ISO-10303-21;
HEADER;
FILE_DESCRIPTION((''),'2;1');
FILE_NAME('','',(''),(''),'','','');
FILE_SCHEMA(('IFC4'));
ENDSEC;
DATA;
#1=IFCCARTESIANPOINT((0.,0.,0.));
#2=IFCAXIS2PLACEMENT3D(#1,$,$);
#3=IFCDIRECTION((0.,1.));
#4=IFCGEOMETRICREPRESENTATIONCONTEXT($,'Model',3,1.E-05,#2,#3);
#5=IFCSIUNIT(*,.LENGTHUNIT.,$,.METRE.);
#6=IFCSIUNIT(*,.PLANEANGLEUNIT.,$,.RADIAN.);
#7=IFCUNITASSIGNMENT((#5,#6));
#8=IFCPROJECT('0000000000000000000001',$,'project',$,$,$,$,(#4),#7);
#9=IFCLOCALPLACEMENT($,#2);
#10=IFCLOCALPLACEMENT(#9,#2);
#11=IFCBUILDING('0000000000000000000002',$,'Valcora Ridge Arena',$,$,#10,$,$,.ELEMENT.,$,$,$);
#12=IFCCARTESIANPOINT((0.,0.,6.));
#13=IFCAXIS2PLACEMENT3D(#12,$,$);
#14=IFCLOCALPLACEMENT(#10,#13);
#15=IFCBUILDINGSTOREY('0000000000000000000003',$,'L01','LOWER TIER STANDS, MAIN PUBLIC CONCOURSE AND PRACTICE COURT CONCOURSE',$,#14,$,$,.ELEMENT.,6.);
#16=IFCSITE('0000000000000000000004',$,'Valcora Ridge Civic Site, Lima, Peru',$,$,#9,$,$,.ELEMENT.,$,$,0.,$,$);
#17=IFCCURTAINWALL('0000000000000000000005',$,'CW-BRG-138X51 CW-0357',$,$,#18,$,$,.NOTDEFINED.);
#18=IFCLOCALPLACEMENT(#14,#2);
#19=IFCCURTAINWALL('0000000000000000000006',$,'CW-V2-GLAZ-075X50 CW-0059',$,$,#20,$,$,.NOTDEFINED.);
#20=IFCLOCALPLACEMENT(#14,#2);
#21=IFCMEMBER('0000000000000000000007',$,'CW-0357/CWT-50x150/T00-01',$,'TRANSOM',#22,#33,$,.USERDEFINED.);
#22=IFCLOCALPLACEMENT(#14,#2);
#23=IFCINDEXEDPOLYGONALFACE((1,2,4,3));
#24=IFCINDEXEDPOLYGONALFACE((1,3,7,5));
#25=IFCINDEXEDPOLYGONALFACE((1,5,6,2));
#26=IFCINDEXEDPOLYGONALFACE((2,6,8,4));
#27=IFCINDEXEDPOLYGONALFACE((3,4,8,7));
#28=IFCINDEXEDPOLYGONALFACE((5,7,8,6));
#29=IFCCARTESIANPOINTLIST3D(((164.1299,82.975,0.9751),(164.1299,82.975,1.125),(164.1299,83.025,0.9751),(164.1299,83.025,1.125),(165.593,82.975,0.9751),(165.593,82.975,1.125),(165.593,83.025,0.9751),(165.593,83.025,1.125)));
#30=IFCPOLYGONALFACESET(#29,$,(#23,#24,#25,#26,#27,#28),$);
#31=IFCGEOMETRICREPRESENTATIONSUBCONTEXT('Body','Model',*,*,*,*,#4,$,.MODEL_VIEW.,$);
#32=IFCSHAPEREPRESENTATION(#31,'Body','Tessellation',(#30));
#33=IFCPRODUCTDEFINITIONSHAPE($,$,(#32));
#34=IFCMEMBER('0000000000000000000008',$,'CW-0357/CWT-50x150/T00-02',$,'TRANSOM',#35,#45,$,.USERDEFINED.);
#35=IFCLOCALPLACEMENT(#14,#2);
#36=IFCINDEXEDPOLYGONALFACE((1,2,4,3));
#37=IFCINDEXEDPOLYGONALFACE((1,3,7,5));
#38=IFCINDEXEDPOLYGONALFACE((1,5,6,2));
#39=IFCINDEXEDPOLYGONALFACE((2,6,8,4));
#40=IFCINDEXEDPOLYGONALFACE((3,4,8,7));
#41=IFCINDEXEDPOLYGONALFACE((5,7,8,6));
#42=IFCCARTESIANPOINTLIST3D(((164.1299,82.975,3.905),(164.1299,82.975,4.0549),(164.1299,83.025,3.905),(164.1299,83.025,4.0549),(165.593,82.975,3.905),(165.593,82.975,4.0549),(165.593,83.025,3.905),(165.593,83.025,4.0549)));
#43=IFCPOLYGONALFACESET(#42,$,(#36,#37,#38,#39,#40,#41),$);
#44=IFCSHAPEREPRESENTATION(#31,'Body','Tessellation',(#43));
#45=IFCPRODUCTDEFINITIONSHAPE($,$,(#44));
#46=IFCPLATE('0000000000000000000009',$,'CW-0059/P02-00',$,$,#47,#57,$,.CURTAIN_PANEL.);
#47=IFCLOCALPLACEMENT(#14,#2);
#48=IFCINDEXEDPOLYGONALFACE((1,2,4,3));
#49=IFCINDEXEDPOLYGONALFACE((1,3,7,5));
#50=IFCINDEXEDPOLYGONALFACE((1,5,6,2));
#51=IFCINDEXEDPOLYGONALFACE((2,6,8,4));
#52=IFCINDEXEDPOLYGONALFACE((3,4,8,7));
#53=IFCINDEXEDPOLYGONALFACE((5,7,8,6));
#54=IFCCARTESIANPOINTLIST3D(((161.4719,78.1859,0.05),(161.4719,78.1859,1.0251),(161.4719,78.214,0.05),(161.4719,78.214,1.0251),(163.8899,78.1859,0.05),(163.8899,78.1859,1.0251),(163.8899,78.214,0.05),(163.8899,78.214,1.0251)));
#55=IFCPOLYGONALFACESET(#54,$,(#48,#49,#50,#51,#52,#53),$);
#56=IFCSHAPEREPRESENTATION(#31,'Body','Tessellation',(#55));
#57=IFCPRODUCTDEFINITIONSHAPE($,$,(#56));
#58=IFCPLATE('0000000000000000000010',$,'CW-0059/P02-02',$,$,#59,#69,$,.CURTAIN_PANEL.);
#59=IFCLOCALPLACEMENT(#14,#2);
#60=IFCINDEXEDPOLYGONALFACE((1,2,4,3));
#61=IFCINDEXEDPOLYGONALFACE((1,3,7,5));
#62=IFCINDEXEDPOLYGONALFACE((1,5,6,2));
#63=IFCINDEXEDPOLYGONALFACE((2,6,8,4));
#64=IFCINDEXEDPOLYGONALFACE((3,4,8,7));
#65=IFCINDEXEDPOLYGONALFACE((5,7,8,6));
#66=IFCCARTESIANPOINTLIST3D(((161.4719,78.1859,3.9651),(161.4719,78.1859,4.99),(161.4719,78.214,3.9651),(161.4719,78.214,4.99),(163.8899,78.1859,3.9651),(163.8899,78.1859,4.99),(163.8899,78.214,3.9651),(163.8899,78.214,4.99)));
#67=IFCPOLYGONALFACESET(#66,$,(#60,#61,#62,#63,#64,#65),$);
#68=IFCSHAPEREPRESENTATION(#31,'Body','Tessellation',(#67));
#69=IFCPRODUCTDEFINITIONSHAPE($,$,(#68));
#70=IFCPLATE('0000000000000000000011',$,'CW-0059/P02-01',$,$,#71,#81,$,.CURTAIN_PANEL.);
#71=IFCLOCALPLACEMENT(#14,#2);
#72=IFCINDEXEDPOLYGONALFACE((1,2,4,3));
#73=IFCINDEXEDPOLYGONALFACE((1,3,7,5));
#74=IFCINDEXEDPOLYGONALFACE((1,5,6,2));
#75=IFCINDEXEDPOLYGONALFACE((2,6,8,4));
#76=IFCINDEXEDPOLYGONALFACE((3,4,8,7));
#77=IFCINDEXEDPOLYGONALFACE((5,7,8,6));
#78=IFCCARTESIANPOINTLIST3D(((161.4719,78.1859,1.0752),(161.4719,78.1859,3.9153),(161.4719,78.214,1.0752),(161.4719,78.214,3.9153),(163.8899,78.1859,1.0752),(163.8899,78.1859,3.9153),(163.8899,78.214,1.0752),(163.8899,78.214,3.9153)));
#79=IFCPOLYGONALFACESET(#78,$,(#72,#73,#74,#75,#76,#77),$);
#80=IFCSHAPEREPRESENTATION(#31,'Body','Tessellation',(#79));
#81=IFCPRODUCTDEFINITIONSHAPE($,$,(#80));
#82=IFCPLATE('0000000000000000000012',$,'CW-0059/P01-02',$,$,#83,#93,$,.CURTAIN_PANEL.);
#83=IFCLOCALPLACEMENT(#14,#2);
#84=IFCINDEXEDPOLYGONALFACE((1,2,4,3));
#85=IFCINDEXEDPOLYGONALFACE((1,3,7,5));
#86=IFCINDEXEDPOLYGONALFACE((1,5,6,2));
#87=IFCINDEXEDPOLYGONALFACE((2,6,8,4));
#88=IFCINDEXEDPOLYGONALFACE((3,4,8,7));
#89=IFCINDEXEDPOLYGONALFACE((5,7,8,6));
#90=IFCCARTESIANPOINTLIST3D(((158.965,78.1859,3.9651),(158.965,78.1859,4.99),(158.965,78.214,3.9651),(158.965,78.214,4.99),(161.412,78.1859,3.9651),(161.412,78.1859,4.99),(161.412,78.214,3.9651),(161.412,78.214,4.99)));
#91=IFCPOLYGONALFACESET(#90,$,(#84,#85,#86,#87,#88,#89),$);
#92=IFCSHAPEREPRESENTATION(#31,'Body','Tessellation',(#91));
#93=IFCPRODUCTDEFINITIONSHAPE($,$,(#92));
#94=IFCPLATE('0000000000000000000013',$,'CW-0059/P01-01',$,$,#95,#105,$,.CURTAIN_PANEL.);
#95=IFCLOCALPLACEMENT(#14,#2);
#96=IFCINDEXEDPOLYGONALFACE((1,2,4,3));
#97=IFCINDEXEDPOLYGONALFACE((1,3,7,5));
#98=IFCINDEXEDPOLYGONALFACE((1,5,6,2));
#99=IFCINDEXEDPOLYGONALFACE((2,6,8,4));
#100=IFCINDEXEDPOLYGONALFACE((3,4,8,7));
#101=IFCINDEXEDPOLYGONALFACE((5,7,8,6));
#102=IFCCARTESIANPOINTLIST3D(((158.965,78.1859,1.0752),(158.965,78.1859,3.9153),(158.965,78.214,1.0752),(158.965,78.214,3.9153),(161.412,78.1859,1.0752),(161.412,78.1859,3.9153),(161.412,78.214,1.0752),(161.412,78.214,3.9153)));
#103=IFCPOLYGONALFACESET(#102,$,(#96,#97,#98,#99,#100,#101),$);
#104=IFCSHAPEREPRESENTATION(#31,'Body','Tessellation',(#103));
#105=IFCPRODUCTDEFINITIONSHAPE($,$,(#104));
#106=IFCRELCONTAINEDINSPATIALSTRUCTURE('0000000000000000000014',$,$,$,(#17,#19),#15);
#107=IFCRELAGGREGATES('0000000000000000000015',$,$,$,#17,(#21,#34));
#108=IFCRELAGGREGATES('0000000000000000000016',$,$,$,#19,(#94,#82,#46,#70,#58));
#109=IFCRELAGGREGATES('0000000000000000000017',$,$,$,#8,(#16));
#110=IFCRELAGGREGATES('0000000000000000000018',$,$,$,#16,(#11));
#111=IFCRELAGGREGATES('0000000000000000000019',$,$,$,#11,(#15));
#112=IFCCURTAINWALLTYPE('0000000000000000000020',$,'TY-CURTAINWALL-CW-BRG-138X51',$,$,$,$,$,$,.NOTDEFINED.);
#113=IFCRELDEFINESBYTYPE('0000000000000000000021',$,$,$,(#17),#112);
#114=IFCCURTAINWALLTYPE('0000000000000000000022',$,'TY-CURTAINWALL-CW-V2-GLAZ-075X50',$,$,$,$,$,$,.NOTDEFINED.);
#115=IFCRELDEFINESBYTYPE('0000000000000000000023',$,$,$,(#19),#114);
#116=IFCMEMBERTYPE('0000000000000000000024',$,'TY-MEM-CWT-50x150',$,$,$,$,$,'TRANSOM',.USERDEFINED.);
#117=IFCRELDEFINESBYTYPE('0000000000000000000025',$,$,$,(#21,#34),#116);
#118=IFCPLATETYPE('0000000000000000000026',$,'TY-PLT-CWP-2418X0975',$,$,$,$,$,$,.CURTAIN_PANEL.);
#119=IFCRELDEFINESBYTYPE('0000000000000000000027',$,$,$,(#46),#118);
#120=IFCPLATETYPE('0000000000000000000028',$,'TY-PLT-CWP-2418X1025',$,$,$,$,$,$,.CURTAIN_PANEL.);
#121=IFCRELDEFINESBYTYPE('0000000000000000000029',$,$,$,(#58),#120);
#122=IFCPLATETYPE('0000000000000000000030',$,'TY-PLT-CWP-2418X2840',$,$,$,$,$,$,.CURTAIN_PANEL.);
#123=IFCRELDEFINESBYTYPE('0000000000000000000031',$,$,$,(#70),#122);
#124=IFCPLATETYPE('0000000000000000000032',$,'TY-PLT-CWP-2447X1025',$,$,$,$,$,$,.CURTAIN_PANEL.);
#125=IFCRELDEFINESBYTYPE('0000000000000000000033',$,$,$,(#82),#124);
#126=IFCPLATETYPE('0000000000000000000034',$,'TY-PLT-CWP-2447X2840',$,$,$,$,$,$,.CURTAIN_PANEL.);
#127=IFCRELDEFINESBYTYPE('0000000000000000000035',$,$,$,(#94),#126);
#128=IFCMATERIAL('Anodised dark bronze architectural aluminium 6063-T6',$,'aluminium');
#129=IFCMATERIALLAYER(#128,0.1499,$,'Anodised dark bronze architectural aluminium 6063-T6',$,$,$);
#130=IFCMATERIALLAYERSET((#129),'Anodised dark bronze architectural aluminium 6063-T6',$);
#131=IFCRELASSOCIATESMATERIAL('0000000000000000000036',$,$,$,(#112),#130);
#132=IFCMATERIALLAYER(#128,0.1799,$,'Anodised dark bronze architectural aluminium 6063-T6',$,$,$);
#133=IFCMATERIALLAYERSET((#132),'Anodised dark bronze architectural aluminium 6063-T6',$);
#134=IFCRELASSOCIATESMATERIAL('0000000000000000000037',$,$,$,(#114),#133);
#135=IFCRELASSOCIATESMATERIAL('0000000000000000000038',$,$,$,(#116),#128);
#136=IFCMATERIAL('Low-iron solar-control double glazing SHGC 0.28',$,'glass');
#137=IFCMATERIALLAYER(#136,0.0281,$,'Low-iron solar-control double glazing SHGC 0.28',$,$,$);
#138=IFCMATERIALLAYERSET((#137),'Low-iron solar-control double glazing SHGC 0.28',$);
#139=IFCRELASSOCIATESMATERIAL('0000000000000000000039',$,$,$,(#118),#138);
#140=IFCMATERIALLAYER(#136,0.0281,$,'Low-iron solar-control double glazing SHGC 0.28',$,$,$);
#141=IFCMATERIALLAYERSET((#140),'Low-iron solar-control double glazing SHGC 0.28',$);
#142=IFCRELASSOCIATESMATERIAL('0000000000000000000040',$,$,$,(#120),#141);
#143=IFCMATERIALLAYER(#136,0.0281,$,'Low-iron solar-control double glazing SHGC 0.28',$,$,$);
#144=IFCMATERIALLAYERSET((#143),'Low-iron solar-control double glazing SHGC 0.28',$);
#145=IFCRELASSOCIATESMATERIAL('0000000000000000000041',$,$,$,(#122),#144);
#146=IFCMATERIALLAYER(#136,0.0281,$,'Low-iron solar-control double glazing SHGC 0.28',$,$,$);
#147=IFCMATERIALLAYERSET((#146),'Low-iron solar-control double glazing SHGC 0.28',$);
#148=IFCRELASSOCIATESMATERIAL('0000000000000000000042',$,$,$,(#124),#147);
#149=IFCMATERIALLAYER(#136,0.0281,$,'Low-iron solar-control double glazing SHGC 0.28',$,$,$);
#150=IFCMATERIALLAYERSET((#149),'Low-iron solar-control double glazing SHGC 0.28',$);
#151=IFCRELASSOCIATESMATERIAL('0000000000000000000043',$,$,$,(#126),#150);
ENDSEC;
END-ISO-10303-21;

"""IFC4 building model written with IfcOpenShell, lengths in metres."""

from ifc_helpers import new_model, si_unit, direction, frame, origin, origin_2d, place, context, subcontext, project, spatial, rectangle, extrude, material, layer, layer_set, material_profile, profile_set, type_object, element, aggregate, save


model = new_model("IFC4")

# Units and contexts
model_context = context("Model", 3, precision=1e-05, world=origin(), true_north=direction((0.0, 1.0)))
body_context = subcontext(model_context, "Body", "Model", "MODEL_VIEW")
ifc_project = project(units=[si_unit("LENGTHUNIT", "METRE"), si_unit("PLANEANGLEUNIT", "RADIAN")], contexts=[model_context])

# Site, building, storey
site_placement = place(None, origin())
site = spatial("IfcSite", under=ifc_project, at=site_placement, Name="Valcora Ridge Civic Site, Lima, Peru", CompositionType="ELEMENT", RefElevation=0.0)
building_placement = place(site_placement, origin())
building = spatial("IfcBuilding", under=site, at=building_placement, Name="Valcora Ridge Arena", CompositionType="ELEMENT")
storey_placement = place(building_placement, frame((0.0, 0.0, 6.0)))
storey = spatial("IfcBuildingStorey", under=building, at=storey_placement, Name="L01", Description="LOWER TIER STANDS, MAIN PUBLIC CONCOURSE AND PRACTICE COURT CONCOURSE", CompositionType="ELEMENT", Elevation=6.0)

# Curtain wall
ifc_material_1 = material(Name="Anodised dark bronze architectural aluminium 6063-T6", Category="aluminium")
ifc_layer_1 = layer(ifc_material_1, 0.1499, Name="Anodised dark bronze architectural aluminium 6063-T6")
ifc_layer_set_1 = layer_set([ifc_layer_1], Name="Anodised dark bronze architectural aluminium 6063-T6")
curtain_wall_type_1 = type_object("IfcCurtainWallType", Name="TY-CURTAINWALL-CW-BRG-138X51", PredefinedType="NOTDEFINED", material=ifc_layer_set_1)
curtain_wall_1_placement = place(storey_placement, origin())
curtain_wall_1 = element("IfcCurtainWall", 1, at=curtain_wall_1_placement, inside=storey, type_object=curtain_wall_type_1, Name="CW-BRG-138X51 CW-0357", PredefinedType="NOTDEFINED")

# Curtain wall
ifc_layer_2 = layer(ifc_material_1, 0.1799, Name="Anodised dark bronze architectural aluminium 6063-T6")
ifc_layer_set_2 = layer_set([ifc_layer_2], Name="Anodised dark bronze architectural aluminium 6063-T6")
curtain_wall_type_2 = type_object("IfcCurtainWallType", Name="TY-CURTAINWALL-CW-V2-GLAZ-075X50", PredefinedType="NOTDEFINED", material=ifc_layer_set_2)
curtain_wall_2_placement = place(storey_placement, origin())
curtain_wall_2 = element("IfcCurtainWall", 2, at=curtain_wall_2_placement, inside=storey, type_object=curtain_wall_type_2, Name="CW-V2-GLAZ-075X50 CW-0059", PredefinedType="NOTDEFINED")
ifc_material_profile_1 = material_profile(ifc_material_1, rectangle(XDim=0.05, YDim=0.1499, at=origin_2d()), Name="ALU TRANSOM 50x150")
ifc_profile_set_1 = profile_set([ifc_material_profile_1], Name="Anodised dark bronze architectural aluminium 6063-T6")
member_type_1 = type_object("IfcMemberType", Name="TY-MEM-CWT-50x150", ElementType="TRANSOM", PredefinedType="USERDEFINED", material=ifc_profile_set_1)

# Members
member_1_placement = place(storey_placement, frame((164.1299, 83.0, 1.05), z_axis=(1.0, 0.0, 0.0), x_axis=(0.0, 1.0, 0.0)))
member_1 = element("IfcMember", 3, at=member_1_placement, type_object=member_type_1, Name="CW-0357/CWT-50x150/T00-01", ObjectType="TRANSOM", PredefinedType="USERDEFINED", context=body_context, shape_type="SweptSolid", body=[
    extrude(rectangle(XDim=0.05, YDim=0.1499, at=origin_2d()), origin(), (0.0, 0.0, 1.0), 1.4631),
])
member_2_placement = place(storey_placement, frame((164.1299, 83.0, 3.98), z_axis=(1.0, 0.0, 0.0), x_axis=(0.0, 1.0, 0.0)))
member_2 = element("IfcMember", 4, at=member_2_placement, type_object=member_type_1, Name="CW-0357/CWT-50x150/T00-02", ObjectType="TRANSOM", PredefinedType="USERDEFINED", context=body_context, shape_type="SweptSolid", body=[
    extrude(rectangle(XDim=0.05, YDim=0.1499, at=origin_2d()), origin(), (0.0, 0.0, 1.0), 1.4631),
])
aggregate(curtain_wall_1, [member_1, member_2])

# Plates
ifc_material_2 = material(Name="Low-iron solar-control double glazing SHGC 0.28", Category="glass")
ifc_layer_3 = layer(ifc_material_2, 0.0281, Name="Low-iron solar-control double glazing SHGC 0.28")
ifc_layer_set_3 = layer_set([ifc_layer_3], Name="Low-iron solar-control double glazing SHGC 0.28")
plate_type_1 = type_object("IfcPlateType", Name="TY-PLT-CWP-2418X0975", PredefinedType="CURTAIN_PANEL", material=ifc_layer_set_3)
plate_1_placement = place(storey_placement, frame((162.6809, 78.2, 0.05), z_axis=(0.0, 0.0, 1.0), x_axis=(1.0, 0.0, 0.0)))
plate_1 = element("IfcPlate", 5, at=plate_1_placement, type_object=plate_type_1, Name="CW-0059/P02-00", PredefinedType="CURTAIN_PANEL", context=body_context, shape_type="SweptSolid", body=[
    extrude(rectangle(XDim=2.418, YDim=0.0281, at=origin_2d()), origin(), (0.0, 0.0, 1.0), 0.9751),
])
ifc_layer_4 = layer(ifc_material_2, 0.0281, Name="Low-iron solar-control double glazing SHGC 0.28")
ifc_layer_set_4 = layer_set([ifc_layer_4], Name="Low-iron solar-control double glazing SHGC 0.28")
plate_type_2 = type_object("IfcPlateType", Name="TY-PLT-CWP-2418X1025", PredefinedType="CURTAIN_PANEL", material=ifc_layer_set_4)
plate_2_placement = place(storey_placement, frame((162.6809, 78.2, 3.9651), z_axis=(0.0, 0.0, 1.0), x_axis=(1.0, 0.0, 0.0)))
plate_2 = element("IfcPlate", 6, at=plate_2_placement, type_object=plate_type_2, Name="CW-0059/P02-02", PredefinedType="CURTAIN_PANEL", context=body_context, shape_type="SweptSolid", body=[
    extrude(rectangle(XDim=2.418, YDim=0.0281, at=origin_2d()), origin(), (0.0, 0.0, 1.0), 1.0249),
])
ifc_layer_5 = layer(ifc_material_2, 0.0281, Name="Low-iron solar-control double glazing SHGC 0.28")
ifc_layer_set_5 = layer_set([ifc_layer_5], Name="Low-iron solar-control double glazing SHGC 0.28")
plate_type_3 = type_object("IfcPlateType", Name="TY-PLT-CWP-2418X2840", PredefinedType="CURTAIN_PANEL", material=ifc_layer_set_5)
plate_3_placement = place(storey_placement, frame((162.6809, 78.2, 1.0752), z_axis=(0.0, 0.0, 1.0), x_axis=(1.0, 0.0, 0.0)))
plate_3 = element("IfcPlate", 7, at=plate_3_placement, type_object=plate_type_3, Name="CW-0059/P02-01", PredefinedType="CURTAIN_PANEL", context=body_context, shape_type="SweptSolid", body=[
    extrude(rectangle(XDim=2.418, YDim=0.0281, at=origin_2d()), origin(), (0.0, 0.0, 1.0), 2.8401),
])
ifc_layer_6 = layer(ifc_material_2, 0.0281, Name="Low-iron solar-control double glazing SHGC 0.28")
ifc_layer_set_6 = layer_set([ifc_layer_6], Name="Low-iron solar-control double glazing SHGC 0.28")
plate_type_4 = type_object("IfcPlateType", Name="TY-PLT-CWP-2447X1025", PredefinedType="CURTAIN_PANEL", material=ifc_layer_set_6)
plate_4_placement = place(storey_placement, frame((160.1885, 78.2, 3.9651), z_axis=(0.0, 0.0, 1.0), x_axis=(1.0, 0.0, 0.0)))
plate_4 = element("IfcPlate", 8, at=plate_4_placement, type_object=plate_type_4, Name="CW-0059/P01-02", PredefinedType="CURTAIN_PANEL", context=body_context, shape_type="SweptSolid", body=[
    extrude(rectangle(XDim=2.447, YDim=0.0281, at=origin_2d()), origin(), (0.0, 0.0, 1.0), 1.0249),
])
ifc_layer_7 = layer(ifc_material_2, 0.0281, Name="Low-iron solar-control double glazing SHGC 0.28")
ifc_layer_set_7 = layer_set([ifc_layer_7], Name="Low-iron solar-control double glazing SHGC 0.28")
plate_type_5 = type_object("IfcPlateType", Name="TY-PLT-CWP-2447X2840", PredefinedType="CURTAIN_PANEL", material=ifc_layer_set_7)
plate_5_placement = place(storey_placement, frame((160.1885, 78.2, 1.0752), z_axis=(0.0, 0.0, 1.0), x_axis=(1.0, 0.0, 0.0)))
plate_5 = element("IfcPlate", 9, at=plate_5_placement, type_object=plate_type_5, Name="CW-0059/P01-01", PredefinedType="CURTAIN_PANEL", context=body_context, shape_type="SweptSolid", body=[
    extrude(rectangle(XDim=2.447, YDim=0.0281, at=origin_2d()), origin(), (0.0, 0.0, 1.0), 2.8401),
])
aggregate(curtain_wall_2, [plate_5, plate_4, plate_1, plate_3, plate_2])

save(model, "model.ifc")
